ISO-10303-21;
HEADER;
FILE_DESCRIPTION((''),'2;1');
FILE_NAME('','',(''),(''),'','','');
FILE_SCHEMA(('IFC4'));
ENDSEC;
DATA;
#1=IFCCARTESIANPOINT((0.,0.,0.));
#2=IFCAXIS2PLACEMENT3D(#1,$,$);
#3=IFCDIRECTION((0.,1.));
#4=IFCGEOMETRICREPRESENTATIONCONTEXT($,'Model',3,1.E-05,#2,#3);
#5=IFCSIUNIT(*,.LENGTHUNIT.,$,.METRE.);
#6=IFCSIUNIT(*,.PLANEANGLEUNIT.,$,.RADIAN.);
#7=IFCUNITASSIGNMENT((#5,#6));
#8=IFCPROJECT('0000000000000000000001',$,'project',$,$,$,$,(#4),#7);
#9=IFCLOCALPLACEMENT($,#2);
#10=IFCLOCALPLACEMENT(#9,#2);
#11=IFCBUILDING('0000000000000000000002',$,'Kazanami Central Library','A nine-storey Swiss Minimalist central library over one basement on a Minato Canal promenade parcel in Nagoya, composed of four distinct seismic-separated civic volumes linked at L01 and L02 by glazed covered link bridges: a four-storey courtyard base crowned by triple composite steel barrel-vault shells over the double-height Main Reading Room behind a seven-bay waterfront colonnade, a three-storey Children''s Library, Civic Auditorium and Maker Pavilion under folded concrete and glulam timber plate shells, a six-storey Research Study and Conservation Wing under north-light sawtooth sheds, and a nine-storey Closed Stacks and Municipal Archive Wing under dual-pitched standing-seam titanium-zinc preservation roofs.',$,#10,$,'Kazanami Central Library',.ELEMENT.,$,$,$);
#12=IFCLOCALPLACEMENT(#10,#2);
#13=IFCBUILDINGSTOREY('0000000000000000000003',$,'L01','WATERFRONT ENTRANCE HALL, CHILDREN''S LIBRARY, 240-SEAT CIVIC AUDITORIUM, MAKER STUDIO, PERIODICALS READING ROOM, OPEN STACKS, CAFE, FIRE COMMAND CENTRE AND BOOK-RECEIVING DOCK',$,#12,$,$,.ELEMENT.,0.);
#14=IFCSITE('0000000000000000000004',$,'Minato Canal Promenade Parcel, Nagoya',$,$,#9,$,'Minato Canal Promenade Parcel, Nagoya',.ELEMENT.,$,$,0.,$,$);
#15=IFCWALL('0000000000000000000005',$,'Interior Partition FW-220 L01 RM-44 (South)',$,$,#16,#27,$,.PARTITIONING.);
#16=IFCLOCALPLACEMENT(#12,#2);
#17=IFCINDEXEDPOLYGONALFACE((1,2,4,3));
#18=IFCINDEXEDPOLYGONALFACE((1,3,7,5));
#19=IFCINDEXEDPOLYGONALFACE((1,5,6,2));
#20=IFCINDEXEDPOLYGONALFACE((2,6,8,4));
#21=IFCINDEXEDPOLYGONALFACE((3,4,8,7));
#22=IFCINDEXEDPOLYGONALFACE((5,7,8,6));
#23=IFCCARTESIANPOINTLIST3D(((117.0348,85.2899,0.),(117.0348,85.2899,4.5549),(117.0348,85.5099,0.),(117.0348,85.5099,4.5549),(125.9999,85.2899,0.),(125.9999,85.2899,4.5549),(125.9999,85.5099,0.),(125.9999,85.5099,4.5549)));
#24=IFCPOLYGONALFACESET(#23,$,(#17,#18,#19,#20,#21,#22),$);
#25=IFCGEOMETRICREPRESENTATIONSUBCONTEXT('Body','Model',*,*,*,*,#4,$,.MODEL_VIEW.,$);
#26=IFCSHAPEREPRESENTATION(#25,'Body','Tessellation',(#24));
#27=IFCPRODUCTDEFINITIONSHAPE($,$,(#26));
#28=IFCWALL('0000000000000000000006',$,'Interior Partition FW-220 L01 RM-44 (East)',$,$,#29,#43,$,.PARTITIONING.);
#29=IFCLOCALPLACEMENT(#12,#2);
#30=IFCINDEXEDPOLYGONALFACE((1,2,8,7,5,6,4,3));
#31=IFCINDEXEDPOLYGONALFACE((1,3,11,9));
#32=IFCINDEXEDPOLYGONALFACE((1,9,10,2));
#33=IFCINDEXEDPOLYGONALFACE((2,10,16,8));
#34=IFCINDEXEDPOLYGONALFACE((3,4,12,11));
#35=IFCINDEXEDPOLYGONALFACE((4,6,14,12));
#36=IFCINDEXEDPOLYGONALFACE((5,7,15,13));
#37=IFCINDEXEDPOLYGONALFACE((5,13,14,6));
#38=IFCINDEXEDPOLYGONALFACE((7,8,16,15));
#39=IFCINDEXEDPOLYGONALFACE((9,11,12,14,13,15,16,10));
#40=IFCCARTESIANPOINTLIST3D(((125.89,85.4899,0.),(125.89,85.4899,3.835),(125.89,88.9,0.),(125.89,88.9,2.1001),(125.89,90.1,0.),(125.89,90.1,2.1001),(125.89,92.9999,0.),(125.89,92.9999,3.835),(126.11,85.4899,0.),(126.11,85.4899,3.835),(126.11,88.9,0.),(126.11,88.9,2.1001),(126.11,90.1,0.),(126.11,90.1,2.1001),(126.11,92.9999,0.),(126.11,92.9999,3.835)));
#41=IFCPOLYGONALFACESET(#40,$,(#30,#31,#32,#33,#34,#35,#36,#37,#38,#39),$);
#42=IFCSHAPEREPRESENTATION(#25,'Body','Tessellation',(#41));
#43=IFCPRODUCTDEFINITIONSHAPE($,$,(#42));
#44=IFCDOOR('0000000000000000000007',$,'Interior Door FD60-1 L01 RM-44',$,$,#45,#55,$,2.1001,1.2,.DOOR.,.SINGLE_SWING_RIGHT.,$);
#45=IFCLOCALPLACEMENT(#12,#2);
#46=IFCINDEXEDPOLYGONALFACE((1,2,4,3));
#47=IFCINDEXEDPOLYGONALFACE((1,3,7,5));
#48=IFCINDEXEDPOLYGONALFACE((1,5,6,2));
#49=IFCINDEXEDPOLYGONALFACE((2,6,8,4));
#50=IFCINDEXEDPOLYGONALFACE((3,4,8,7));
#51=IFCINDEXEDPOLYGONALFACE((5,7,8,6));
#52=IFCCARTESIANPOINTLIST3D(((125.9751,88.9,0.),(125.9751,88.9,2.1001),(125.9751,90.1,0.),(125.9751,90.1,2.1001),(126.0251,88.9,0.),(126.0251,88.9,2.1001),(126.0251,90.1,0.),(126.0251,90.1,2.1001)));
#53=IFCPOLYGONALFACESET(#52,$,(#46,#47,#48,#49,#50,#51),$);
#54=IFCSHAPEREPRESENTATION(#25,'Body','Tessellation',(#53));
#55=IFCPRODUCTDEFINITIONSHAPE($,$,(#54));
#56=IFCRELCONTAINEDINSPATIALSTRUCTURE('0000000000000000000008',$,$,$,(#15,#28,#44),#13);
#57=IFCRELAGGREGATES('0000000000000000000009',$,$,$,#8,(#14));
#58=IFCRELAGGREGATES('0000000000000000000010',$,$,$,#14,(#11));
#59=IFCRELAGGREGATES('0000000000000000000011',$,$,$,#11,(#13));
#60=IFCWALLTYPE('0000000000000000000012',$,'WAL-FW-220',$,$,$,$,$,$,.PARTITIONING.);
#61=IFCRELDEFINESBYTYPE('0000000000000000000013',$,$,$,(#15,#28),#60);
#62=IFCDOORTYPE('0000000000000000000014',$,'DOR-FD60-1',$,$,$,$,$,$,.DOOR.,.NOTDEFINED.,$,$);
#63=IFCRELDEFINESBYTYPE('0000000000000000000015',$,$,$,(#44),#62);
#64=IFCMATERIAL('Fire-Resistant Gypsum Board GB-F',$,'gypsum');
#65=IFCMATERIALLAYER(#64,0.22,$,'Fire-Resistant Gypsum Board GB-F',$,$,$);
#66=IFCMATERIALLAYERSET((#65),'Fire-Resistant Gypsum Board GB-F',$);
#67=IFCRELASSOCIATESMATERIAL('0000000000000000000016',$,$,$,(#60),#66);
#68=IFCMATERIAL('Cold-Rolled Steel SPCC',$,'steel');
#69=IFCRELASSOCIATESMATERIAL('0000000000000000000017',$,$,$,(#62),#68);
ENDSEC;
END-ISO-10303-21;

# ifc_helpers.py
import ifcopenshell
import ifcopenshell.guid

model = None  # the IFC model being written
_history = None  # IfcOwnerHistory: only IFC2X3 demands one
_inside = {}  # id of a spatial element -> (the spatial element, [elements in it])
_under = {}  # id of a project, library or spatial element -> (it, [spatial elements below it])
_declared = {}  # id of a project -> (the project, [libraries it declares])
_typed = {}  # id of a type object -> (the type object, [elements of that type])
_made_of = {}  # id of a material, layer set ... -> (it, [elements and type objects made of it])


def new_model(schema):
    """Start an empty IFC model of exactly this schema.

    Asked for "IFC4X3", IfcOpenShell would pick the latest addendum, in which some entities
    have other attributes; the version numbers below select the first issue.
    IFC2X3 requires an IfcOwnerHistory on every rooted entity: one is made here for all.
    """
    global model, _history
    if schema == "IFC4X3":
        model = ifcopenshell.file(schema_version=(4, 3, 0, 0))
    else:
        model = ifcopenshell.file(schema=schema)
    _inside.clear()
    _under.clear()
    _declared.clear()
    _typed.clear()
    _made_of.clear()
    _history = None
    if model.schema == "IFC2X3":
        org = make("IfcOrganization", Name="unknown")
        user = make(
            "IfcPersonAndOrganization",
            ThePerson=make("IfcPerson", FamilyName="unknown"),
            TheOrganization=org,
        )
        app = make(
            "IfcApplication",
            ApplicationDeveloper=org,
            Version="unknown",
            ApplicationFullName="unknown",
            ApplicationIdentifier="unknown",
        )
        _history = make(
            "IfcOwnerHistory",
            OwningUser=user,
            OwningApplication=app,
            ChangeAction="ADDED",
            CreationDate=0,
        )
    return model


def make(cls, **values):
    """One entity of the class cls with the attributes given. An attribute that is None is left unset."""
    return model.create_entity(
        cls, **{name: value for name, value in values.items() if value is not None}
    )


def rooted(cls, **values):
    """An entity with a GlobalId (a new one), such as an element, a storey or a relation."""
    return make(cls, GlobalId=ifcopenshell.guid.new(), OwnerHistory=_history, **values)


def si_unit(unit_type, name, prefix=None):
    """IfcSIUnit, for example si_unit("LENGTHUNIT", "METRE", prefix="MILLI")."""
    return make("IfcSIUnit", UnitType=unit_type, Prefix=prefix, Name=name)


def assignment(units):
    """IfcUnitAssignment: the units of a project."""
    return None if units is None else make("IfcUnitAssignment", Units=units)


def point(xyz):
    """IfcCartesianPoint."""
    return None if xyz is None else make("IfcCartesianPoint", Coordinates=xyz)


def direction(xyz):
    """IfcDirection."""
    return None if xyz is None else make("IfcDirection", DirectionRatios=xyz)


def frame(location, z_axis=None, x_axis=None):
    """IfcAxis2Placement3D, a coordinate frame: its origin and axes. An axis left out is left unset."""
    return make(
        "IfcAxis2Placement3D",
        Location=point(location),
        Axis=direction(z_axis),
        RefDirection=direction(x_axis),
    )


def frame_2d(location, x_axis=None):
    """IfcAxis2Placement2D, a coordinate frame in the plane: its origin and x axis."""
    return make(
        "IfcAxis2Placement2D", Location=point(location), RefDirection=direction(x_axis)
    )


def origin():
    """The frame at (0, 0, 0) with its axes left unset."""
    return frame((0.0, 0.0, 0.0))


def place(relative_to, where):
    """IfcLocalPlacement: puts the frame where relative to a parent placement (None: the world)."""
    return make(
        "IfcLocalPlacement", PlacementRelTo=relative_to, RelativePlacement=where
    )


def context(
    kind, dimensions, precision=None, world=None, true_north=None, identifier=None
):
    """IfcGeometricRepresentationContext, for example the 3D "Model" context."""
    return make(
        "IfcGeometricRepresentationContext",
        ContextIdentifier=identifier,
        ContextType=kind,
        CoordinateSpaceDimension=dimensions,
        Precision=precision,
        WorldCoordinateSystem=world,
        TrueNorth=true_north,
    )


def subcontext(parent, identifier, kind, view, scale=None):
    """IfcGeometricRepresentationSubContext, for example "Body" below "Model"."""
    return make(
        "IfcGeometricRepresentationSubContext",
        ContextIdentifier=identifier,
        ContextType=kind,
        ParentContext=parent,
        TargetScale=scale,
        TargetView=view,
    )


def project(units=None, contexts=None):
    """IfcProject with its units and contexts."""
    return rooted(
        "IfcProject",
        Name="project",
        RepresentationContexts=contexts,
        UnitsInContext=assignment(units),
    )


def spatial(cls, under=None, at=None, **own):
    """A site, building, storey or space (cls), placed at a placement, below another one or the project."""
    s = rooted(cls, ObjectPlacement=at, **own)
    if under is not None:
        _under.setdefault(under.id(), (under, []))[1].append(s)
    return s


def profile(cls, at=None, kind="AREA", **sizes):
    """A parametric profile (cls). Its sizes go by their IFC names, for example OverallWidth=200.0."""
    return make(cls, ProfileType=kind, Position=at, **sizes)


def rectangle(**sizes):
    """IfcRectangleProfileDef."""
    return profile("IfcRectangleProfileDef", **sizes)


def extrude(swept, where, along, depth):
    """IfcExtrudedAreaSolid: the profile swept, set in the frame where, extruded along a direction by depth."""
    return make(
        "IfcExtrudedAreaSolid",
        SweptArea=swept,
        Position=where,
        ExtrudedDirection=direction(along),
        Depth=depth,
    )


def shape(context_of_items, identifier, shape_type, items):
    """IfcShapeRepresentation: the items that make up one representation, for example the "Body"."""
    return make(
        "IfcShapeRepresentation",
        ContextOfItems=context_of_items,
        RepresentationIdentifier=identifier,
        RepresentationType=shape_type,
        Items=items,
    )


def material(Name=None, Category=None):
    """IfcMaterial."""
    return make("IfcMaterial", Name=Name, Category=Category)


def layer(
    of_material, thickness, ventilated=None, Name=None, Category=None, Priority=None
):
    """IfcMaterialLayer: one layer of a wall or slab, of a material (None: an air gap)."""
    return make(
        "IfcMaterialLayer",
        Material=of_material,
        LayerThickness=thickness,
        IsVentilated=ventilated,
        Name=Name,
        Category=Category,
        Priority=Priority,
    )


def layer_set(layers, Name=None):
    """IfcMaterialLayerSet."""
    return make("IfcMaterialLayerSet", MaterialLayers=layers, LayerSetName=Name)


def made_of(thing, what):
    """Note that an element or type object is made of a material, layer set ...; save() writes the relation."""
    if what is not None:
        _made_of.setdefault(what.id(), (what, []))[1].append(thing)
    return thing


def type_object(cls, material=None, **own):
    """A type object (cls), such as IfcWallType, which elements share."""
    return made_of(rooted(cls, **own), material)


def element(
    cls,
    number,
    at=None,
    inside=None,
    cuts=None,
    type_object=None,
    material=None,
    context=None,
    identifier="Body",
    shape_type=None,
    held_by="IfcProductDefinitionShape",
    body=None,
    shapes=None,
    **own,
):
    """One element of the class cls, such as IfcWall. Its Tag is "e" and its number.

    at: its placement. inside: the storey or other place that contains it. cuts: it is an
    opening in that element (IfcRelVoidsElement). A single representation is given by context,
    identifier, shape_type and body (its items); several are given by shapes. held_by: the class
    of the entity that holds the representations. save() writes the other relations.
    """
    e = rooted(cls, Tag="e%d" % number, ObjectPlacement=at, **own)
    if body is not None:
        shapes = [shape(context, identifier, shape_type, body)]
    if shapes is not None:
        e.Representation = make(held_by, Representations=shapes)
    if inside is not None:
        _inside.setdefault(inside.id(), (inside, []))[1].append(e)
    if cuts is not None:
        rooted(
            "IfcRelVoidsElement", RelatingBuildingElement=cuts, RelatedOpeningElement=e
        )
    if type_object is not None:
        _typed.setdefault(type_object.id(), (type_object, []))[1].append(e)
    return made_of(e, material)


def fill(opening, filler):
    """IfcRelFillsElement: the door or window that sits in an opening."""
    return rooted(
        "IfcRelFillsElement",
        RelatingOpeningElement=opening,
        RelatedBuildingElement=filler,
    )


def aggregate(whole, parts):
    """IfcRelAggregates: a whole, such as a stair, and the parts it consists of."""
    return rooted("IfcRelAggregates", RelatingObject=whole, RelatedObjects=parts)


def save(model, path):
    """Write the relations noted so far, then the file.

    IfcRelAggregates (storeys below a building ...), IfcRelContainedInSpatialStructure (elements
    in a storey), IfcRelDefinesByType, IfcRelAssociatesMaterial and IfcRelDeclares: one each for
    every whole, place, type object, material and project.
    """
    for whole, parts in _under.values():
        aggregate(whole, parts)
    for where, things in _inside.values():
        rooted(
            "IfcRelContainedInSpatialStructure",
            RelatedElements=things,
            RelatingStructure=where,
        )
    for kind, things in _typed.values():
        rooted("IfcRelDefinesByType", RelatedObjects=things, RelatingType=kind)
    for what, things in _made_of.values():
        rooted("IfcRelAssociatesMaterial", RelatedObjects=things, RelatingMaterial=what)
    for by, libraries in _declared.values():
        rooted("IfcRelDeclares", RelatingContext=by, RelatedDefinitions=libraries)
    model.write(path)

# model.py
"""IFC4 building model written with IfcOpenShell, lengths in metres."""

from ifc_helpers import new_model, si_unit, direction, frame, frame_2d, origin, place, context, subcontext, project, spatial, rectangle, extrude, material, layer, layer_set, type_object, element, fill, save


model = new_model("IFC4")

# Units and contexts
model_context = context("Model", 3, precision=1e-05, world=origin(), true_north=direction((0.0, 1.0)))
body_context = subcontext(model_context, "Body", "Model", "MODEL_VIEW")
ifc_project = project(units=[si_unit("LENGTHUNIT", "METRE"), si_unit("PLANEANGLEUNIT", "RADIAN")], contexts=[model_context])

# Site, building, storey
site_placement = place(None, origin())
site = spatial("IfcSite", under=ifc_project, at=site_placement, Name="Minato Canal Promenade Parcel, Nagoya", LongName="Minato Canal Promenade Parcel, Nagoya", CompositionType="ELEMENT", RefElevation=0.0)
building_placement = place(site_placement, origin())
building = spatial("IfcBuilding", under=site, at=building_placement, Name="Kazanami Central Library", Description="A nine-storey Swiss Minimalist central library over one basement on a Minato Canal promenade parcel in Nagoya, composed of four distinct seismic-separated civic volumes linked at L01 and L02 by glazed covered link bridges: a four-storey courtyard base crowned by triple composite steel barrel-vault shells over the double-height Main Reading Room behind a seven-bay waterfront colonnade, a three-storey Children's Library, Civic Auditorium and Maker Pavilion under folded concrete and glulam timber plate shells, a six-storey Research Study and Conservation Wing under north-light sawtooth sheds, and a nine-storey Closed Stacks and Municipal Archive Wing under dual-pitched standing-seam titanium-zinc preservation roofs.", LongName="Kazanami Central Library", CompositionType="ELEMENT")
storey_placement = place(building_placement, origin())
storey = spatial("IfcBuildingStorey", under=building, at=storey_placement, Name="L01", Description="WATERFRONT ENTRANCE HALL, CHILDREN'S LIBRARY, 240-SEAT CIVIC AUDITORIUM, MAKER STUDIO, PERIODICALS READING ROOM, OPEN STACKS, CAFE, FIRE COMMAND CENTRE AND BOOK-RECEIVING DOCK", CompositionType="ELEMENT", Elevation=0.0)

# Shared definitions
ifc_material_1 = material(Name="Cold-Rolled Steel SPCC", Category="steel")

# Wall
ifc_material_2 = material(Name="Fire-Resistant Gypsum Board GB-F", Category="gypsum")
ifc_layer_1 = layer(ifc_material_2, 0.22, Name="Fire-Resistant Gypsum Board GB-F")
ifc_layer_set_1 = layer_set([ifc_layer_1], Name="Fire-Resistant Gypsum Board GB-F")
wall_type_1 = type_object("IfcWallType", Name="WAL-FW-220", PredefinedType="PARTITIONING", material=ifc_layer_set_1)
wall_1_placement = place(storey_placement, frame((117.0349, 85.3999, 0.0), z_axis=(0.0, 0.0, 1.0), x_axis=(1.0, 0.0, 0.0)))
element("IfcWall", 1, at=wall_1_placement, inside=storey, type_object=wall_type_1, Name="Interior Partition FW-220 L01 RM-44 (South)", PredefinedType="PARTITIONING", context=body_context, shape_type="SweptSolid", body=[
    extrude(rectangle(XDim=8.9651, YDim=0.22, at=frame_2d((4.4824, 0.0))), origin(), (0.0, 0.0, 1.0), 4.5549),
])

# Wall, opening, door
wall_2_placement = place(storey_placement, frame((126.0, 85.49, 0.0), z_axis=(0.0, 0.0, 1.0), x_axis=(0.0, 1.0, 0.0)))
wall_2 = element("IfcWall", 2, at=wall_2_placement, inside=storey, type_object=wall_type_1, Name="Interior Partition FW-220 L01 RM-44 (East)", PredefinedType="PARTITIONING", context=body_context, shape_type="SweptSolid", body=[
    extrude(rectangle(XDim=7.51, YDim=0.22, at=frame_2d((3.7549, 0.0))), origin(), (0.0, 0.0, 1.0), 3.835),
])
opening_1_placement = place(wall_2_placement, frame((3.4099, 0.0, 0.0)))
opening_1 = element("IfcOpeningElement", 3, at=opening_1_placement, cuts=wall_2, PredefinedType="OPENING", context=body_context, shape_type="SweptSolid", body=[
    extrude(rectangle(XDim=1.2, YDim=2.1001, at=frame_2d((0.6001, 1.05))), frame((0.0, 0.1221, 0.0), z_axis=(0.0, -1.0, 0.0), x_axis=(1.0, 0.0, 0.0)), (0.0, 0.0, 1.0), 0.2439),
])
door_type_1 = type_object("IfcDoorType", Name="DOR-FD60-1", OperationType="NOTDEFINED", PredefinedType="DOOR", material=ifc_material_1)
door_1_placement = place(opening_1_placement, origin())
door_1 = element("IfcDoor", 4, at=door_1_placement, inside=storey, type_object=door_type_1, Name="Interior Door FD60-1 L01 RM-44", OperationType="SINGLE_SWING_RIGHT", OverallHeight=2.1001, OverallWidth=1.2, PredefinedType="DOOR", context=body_context, shape_type="SweptSolid", body=[
    extrude(rectangle(XDim=1.2, YDim=2.1001, at=frame_2d((0.6001, 1.05))), frame((0.0, 0.0249, 0.0), z_axis=(0.0, -1.0, 0.0), x_axis=(1.0, 0.0, 0.0)), (0.0, 0.0, 1.0), 0.05),
])
fill(opening_1, door_1)

save(model, "model.ifc")
